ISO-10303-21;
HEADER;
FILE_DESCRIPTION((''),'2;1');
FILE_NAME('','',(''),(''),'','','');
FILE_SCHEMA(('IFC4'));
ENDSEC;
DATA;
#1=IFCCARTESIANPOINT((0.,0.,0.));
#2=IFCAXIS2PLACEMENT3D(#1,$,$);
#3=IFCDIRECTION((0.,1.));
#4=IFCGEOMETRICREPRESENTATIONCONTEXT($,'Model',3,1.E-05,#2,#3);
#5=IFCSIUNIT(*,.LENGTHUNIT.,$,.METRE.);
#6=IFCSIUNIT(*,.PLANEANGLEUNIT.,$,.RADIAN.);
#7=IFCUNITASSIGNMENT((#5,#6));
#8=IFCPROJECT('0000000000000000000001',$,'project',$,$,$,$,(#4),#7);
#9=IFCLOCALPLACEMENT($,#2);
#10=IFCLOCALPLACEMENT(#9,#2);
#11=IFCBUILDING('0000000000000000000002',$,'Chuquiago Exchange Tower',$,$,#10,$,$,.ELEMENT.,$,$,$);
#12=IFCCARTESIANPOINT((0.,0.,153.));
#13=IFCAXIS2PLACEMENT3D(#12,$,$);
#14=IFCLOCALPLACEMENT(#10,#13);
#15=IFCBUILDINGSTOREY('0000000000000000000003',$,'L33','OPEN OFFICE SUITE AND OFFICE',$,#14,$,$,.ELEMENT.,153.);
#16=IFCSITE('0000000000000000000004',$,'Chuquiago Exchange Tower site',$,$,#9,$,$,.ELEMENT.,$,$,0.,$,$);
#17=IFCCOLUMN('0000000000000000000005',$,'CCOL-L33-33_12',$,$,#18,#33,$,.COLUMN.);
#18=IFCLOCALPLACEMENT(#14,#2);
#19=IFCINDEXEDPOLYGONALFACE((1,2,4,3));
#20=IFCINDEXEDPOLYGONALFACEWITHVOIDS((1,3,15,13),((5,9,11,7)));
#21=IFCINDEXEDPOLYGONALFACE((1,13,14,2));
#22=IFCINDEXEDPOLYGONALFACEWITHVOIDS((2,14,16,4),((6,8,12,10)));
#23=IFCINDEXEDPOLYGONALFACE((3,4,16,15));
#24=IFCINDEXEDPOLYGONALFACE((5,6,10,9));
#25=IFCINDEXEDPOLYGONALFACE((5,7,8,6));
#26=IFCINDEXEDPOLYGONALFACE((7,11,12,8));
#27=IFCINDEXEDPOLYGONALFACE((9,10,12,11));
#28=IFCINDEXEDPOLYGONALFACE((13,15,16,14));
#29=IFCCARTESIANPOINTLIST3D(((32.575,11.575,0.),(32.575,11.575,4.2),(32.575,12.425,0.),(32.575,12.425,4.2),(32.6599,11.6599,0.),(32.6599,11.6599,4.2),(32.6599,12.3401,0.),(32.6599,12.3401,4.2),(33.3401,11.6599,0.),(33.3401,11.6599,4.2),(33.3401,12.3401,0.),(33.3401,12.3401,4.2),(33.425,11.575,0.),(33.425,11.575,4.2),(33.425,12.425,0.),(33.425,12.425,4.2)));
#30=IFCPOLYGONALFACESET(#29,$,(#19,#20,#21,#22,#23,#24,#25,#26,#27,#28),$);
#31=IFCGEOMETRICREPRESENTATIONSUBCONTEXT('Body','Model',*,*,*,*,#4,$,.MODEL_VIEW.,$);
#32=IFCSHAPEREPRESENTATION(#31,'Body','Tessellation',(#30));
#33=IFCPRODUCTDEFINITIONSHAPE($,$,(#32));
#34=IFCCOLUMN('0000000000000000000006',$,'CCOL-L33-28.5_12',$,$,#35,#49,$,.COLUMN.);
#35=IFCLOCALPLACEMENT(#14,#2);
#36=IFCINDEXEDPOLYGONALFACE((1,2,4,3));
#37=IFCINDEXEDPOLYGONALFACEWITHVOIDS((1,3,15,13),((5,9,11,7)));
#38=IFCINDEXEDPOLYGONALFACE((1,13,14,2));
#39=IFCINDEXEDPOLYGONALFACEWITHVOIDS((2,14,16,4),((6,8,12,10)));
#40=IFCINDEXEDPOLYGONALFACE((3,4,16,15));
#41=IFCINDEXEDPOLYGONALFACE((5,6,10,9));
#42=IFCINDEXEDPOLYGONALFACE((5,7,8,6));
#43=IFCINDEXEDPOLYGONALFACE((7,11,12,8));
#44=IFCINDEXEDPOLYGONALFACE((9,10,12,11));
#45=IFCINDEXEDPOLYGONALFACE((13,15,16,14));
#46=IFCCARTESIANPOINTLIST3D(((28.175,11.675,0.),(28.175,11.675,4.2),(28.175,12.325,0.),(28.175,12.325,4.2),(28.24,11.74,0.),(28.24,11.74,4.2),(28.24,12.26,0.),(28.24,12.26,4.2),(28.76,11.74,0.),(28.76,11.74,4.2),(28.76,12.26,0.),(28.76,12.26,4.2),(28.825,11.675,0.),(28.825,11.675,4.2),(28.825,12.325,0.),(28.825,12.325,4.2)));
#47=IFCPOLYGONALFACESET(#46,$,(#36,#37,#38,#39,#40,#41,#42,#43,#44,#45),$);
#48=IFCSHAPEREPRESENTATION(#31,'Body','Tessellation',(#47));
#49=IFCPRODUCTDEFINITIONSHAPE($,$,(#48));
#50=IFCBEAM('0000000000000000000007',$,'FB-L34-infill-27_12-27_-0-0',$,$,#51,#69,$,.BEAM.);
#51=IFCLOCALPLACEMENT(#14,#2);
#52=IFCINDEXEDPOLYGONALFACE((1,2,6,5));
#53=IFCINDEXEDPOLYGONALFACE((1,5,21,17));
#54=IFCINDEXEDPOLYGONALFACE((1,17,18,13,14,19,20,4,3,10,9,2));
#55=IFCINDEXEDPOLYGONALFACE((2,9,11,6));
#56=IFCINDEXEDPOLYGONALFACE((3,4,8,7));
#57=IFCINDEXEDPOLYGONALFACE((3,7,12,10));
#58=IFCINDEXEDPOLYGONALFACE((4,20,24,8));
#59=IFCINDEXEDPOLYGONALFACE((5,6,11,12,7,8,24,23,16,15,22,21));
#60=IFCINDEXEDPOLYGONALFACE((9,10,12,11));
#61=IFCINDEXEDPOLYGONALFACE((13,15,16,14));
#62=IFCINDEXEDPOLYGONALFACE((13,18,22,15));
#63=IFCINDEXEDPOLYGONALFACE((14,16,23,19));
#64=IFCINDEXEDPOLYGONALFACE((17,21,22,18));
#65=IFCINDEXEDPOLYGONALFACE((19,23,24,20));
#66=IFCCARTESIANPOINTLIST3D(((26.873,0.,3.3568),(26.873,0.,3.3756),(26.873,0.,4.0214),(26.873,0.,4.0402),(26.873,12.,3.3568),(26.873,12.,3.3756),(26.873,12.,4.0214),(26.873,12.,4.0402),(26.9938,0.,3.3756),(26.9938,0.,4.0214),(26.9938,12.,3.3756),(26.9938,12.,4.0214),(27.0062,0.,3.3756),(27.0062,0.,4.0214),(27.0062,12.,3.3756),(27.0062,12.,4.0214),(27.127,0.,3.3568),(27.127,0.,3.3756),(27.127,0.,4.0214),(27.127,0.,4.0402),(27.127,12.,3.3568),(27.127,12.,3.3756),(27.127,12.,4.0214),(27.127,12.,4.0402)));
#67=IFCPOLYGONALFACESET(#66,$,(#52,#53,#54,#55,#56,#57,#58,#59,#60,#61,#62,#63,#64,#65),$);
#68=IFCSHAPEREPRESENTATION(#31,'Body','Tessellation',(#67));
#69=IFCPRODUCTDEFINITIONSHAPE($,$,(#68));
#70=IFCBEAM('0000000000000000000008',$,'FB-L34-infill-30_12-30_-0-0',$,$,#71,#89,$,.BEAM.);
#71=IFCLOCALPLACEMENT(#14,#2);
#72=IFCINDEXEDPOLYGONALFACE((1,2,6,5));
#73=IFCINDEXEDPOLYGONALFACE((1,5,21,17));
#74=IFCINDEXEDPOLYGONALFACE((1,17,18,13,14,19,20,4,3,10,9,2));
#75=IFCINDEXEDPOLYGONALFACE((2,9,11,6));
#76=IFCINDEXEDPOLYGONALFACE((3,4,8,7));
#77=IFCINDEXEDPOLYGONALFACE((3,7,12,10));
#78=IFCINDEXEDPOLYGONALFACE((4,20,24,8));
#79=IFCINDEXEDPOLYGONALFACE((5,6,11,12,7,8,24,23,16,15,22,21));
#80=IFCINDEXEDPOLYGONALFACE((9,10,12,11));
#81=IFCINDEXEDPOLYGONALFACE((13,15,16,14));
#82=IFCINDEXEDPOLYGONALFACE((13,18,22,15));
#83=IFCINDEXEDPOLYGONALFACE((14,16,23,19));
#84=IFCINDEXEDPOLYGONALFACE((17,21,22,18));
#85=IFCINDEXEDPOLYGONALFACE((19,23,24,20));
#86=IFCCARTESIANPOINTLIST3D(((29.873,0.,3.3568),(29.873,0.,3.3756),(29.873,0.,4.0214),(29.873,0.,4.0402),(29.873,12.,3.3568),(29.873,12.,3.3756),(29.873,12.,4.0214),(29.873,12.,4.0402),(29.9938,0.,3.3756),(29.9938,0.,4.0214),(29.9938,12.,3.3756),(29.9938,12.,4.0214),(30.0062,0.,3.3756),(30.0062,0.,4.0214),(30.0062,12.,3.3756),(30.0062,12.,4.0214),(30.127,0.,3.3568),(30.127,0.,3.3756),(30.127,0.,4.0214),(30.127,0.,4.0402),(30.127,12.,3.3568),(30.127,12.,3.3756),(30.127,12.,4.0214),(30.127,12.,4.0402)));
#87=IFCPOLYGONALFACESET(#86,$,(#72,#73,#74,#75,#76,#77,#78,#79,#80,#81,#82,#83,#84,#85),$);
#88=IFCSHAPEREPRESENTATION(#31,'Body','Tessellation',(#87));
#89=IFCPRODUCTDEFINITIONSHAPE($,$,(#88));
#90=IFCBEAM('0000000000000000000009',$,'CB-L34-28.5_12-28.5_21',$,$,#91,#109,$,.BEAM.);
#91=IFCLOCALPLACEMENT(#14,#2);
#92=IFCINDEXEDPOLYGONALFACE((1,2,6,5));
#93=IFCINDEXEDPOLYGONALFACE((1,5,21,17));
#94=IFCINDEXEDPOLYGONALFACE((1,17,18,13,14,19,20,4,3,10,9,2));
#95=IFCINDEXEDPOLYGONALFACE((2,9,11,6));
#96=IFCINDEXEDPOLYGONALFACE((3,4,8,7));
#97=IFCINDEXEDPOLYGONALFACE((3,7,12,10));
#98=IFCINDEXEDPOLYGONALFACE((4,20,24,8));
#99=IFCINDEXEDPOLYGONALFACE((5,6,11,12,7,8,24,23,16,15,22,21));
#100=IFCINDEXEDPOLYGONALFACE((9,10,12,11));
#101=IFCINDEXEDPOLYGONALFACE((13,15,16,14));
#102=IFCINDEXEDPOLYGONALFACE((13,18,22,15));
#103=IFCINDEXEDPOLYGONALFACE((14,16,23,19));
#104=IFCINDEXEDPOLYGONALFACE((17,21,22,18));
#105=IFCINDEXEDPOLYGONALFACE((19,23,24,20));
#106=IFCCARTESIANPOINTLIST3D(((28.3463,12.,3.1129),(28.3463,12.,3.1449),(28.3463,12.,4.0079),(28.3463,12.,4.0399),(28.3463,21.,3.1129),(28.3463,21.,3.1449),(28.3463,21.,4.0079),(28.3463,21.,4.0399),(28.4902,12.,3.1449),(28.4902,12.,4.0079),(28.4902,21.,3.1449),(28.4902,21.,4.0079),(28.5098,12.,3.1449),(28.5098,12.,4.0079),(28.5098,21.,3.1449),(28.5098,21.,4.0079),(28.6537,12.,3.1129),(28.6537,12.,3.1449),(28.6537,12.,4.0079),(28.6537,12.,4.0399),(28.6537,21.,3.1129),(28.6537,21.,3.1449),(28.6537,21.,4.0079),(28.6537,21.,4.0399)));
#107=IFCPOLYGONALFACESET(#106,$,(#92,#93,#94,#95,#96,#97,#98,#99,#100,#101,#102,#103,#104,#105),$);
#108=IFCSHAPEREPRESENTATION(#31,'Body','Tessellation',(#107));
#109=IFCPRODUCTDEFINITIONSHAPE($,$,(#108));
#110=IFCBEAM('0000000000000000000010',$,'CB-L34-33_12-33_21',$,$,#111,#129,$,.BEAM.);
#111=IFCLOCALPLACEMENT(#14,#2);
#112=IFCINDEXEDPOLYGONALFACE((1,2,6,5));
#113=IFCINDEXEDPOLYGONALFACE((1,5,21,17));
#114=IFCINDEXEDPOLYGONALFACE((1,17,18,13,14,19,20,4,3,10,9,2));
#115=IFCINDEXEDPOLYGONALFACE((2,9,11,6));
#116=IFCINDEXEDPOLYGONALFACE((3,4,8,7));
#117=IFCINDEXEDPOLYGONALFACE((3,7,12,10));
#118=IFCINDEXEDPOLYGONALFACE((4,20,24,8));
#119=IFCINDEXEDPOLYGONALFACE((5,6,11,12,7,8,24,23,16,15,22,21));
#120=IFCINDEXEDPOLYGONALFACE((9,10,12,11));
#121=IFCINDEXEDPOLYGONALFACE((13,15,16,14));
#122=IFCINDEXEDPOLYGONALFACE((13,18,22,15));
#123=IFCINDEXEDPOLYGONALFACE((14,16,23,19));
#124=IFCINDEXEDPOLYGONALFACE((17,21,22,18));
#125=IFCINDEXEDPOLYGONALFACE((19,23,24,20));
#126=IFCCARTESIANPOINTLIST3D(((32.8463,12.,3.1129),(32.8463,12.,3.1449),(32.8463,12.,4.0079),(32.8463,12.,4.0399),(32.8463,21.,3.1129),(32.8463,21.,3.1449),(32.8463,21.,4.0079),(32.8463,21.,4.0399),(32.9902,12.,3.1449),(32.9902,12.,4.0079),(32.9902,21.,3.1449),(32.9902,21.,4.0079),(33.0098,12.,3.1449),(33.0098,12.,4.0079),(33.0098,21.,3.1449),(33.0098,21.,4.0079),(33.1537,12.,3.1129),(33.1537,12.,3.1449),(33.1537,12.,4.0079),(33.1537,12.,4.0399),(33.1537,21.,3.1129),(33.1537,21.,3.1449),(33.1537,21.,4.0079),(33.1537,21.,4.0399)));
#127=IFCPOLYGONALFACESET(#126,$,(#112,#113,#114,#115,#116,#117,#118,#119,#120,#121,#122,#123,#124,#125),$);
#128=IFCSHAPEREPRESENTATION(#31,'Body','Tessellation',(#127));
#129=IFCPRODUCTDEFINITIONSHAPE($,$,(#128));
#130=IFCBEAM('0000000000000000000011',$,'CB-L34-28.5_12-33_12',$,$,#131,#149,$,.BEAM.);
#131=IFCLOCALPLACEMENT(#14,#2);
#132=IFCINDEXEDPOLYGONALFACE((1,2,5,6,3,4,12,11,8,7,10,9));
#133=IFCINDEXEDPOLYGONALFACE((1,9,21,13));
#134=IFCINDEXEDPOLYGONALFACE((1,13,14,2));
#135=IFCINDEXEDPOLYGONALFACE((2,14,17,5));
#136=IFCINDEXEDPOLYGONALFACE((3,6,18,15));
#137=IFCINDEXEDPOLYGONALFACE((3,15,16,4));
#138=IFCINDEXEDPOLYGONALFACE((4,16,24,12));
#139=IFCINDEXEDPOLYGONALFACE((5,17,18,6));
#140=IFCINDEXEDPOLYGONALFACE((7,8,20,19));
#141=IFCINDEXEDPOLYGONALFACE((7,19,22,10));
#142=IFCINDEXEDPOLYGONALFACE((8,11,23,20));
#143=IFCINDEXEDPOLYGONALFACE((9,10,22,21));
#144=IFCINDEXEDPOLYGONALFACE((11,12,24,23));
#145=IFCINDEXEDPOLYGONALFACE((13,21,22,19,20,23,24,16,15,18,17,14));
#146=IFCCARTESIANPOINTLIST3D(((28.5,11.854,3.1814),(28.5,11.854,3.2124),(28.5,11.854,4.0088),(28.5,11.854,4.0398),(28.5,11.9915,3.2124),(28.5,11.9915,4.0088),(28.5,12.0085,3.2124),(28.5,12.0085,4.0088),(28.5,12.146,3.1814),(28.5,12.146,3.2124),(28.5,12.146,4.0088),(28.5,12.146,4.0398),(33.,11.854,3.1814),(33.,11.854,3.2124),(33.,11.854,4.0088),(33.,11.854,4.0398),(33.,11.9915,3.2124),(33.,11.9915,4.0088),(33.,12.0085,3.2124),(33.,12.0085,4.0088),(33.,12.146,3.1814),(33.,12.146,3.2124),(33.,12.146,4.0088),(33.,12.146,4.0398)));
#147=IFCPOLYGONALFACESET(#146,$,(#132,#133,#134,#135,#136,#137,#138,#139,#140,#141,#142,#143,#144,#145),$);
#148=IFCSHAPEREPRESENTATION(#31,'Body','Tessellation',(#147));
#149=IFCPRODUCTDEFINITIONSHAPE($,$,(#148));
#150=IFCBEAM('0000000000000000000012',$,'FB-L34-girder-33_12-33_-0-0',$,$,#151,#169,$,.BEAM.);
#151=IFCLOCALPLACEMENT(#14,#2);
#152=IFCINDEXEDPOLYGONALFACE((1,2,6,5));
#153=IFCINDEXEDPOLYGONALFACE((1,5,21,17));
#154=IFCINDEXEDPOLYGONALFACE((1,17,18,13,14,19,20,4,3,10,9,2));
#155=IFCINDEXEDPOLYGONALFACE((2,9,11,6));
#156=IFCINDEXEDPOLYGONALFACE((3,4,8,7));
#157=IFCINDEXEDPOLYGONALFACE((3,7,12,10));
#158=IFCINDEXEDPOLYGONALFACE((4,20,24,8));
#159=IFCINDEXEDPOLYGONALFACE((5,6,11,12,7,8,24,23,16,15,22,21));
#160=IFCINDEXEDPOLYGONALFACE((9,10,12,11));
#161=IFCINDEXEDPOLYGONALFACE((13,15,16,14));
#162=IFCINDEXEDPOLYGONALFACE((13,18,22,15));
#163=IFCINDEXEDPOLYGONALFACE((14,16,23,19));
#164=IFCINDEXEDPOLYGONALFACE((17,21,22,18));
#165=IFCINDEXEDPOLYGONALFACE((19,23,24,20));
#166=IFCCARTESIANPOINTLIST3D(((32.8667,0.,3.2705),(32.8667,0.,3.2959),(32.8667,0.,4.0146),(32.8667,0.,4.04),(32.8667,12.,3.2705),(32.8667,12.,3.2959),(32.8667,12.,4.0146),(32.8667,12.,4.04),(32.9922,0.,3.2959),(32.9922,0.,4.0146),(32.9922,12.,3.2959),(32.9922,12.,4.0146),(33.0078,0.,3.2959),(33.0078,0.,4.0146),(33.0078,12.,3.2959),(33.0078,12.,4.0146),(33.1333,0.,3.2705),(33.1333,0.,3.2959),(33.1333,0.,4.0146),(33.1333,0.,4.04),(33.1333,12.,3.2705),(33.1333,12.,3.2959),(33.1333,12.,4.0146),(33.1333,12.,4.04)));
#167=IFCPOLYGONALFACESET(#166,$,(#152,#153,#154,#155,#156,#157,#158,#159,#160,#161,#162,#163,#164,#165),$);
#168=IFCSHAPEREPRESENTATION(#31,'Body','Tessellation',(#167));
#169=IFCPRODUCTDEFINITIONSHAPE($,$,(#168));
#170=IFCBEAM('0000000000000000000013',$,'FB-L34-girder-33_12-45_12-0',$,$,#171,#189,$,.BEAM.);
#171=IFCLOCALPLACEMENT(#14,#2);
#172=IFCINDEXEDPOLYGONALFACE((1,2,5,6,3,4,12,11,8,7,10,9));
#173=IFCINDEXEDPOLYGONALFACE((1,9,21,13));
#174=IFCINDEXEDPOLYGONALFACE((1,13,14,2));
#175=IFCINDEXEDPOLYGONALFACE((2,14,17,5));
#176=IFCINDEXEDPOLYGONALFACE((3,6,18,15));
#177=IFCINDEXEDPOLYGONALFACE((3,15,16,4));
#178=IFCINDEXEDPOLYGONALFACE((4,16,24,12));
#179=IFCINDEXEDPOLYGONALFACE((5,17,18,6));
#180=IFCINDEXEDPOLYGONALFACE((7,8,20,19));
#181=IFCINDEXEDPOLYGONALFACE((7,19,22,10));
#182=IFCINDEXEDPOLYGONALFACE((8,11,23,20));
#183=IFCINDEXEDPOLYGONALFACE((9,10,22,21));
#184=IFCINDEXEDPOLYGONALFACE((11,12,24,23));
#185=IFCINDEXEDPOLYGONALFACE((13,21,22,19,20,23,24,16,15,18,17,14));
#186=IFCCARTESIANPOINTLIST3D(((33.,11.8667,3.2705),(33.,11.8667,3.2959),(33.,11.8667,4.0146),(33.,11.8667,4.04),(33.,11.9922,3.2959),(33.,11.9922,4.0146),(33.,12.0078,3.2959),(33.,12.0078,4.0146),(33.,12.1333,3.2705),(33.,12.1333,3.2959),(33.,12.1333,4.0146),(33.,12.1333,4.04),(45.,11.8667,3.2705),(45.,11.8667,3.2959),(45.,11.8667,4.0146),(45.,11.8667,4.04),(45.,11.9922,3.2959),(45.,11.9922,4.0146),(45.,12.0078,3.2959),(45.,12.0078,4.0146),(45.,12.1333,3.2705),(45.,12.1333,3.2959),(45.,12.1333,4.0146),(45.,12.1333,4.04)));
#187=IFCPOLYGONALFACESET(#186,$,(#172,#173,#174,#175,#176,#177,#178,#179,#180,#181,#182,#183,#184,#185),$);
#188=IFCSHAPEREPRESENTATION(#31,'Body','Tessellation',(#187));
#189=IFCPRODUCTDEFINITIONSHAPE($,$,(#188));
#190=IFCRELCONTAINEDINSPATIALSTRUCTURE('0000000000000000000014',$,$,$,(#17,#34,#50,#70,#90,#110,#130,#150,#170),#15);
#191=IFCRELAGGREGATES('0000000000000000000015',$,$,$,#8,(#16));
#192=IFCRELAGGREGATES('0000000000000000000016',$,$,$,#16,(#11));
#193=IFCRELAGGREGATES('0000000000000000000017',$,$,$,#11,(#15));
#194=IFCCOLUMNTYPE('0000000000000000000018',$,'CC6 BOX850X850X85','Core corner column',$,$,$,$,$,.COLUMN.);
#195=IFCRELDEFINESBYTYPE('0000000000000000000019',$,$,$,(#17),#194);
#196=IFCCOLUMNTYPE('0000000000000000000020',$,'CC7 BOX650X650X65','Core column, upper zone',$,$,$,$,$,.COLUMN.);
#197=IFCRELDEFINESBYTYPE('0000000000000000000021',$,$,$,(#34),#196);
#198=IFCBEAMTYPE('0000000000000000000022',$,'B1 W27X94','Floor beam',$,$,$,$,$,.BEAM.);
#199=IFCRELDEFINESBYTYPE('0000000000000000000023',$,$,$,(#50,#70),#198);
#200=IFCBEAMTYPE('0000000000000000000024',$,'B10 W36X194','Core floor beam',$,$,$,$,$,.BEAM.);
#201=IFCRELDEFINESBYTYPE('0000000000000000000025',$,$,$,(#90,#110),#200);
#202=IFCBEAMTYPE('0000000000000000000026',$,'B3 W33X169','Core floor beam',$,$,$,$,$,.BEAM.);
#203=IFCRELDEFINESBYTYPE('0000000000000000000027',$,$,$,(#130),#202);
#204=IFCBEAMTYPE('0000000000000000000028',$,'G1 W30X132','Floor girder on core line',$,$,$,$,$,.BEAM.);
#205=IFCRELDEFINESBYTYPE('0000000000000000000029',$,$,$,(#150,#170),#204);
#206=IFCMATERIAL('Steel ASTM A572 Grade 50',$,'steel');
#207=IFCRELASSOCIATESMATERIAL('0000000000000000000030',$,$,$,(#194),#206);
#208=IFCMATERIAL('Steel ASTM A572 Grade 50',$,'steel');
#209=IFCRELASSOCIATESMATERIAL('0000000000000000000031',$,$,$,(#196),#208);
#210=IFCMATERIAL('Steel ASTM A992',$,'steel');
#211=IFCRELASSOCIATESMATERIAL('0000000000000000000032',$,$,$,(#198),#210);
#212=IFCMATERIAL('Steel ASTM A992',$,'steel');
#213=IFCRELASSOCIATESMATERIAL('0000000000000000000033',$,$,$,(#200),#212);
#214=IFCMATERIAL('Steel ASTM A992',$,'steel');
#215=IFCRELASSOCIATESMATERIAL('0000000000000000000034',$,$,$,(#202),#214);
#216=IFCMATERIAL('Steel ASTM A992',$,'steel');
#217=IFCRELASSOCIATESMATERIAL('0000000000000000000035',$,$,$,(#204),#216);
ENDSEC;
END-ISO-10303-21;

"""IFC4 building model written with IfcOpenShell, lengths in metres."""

from ifc_helpers import new_model, si_unit, direction, frame, origin, origin_2d, place, context, subcontext, project, spatial, hollow_rectangle, i_section, extrude, material, material_profile, profile_set, type_object, element, save


model = new_model("IFC4")

# Units and contexts
model_context = context("Model", 3, precision=1e-05, world=origin(), true_north=direction((0.0, 1.0)))
body_context = subcontext(model_context, "Body", "Model", "MODEL_VIEW")
ifc_project = project(units=[si_unit("LENGTHUNIT", "METRE"), si_unit("PLANEANGLEUNIT", "RADIAN")], contexts=[model_context])

# Site, building, storey
site_placement = place(None, origin())
site = spatial("IfcSite", under=ifc_project, at=site_placement, Name="Chuquiago Exchange Tower site", CompositionType="ELEMENT", RefElevation=0.0)
building_placement = place(site_placement, origin())
building = spatial("IfcBuilding", under=site, at=building_placement, Name="Chuquiago Exchange Tower", CompositionType="ELEMENT")
storey_placement = place(building_placement, frame((0.0, 0.0, 153.0)))
storey = spatial("IfcBuildingStorey", under=building, at=storey_placement, Name="L33", Description="OPEN OFFICE SUITE AND OFFICE", CompositionType="ELEMENT", Elevation=153.0)

# Columns
ifc_material_1 = material(Name="Steel ASTM A572 Grade 50", Category="steel")
ifc_material_profile_1 = material_profile(ifc_material_1, hollow_rectangle(XDim=0.8501, YDim=0.8501, WallThickness=0.085, at=origin_2d()), Name="BOX850X850X85")
ifc_profile_set_1 = profile_set([ifc_material_profile_1], Name="Steel ASTM A572 Grade 50")
column_type_1 = type_object("IfcColumnType", Name="CC6 BOX850X850X85", Description="Core corner column", PredefinedType="COLUMN", material=ifc_profile_set_1)
column_1_placement = place(storey_placement, frame((33.0, 12.0, 0.0), z_axis=(0.0, 0.0, 1.0), x_axis=(1.0, 0.0, 0.0)))
element("IfcColumn", 1, at=column_1_placement, inside=storey, type_object=column_type_1, Name="CCOL-L33-33_12", PredefinedType="COLUMN", context=body_context, shape_type="SweptSolid", body=[
    extrude(hollow_rectangle(XDim=0.8501, YDim=0.8501, WallThickness=0.085, at=origin_2d()), origin(), (0.0, 0.0, 1.0), 4.2),
])
ifc_material_2 = material(Name="Steel ASTM A572 Grade 50", Category="steel")
ifc_material_profile_2 = material_profile(ifc_material_2, hollow_rectangle(XDim=0.6499, YDim=0.6499, WallThickness=0.0649, at=origin_2d()), Name="BOX650X650X65")
ifc_profile_set_2 = profile_set([ifc_material_profile_2], Name="Steel ASTM A572 Grade 50")
column_type_2 = type_object("IfcColumnType", Name="CC7 BOX650X650X65", Description="Core column, upper zone", PredefinedType="COLUMN", material=ifc_profile_set_2)
column_2_placement = place(storey_placement, frame((28.5, 12.0, 0.0), z_axis=(0.0, 0.0, 1.0), x_axis=(1.0, 0.0, 0.0)))
element("IfcColumn", 2, at=column_2_placement, inside=storey, type_object=column_type_2, Name="CCOL-L33-28.5_12", PredefinedType="COLUMN", context=body_context, shape_type="SweptSolid", body=[
    extrude(hollow_rectangle(XDim=0.6499, YDim=0.6499, WallThickness=0.0649, at=origin_2d()), origin(), (0.0, 0.0, 1.0), 4.2),
])

# Beams
ifc_material_3 = material(Name="Steel ASTM A992", Category="steel")
ifc_material_profile_3 = material_profile(ifc_material_3, i_section(OverallWidth=0.2539, OverallDepth=0.6833, WebThickness=0.0125, FlangeThickness=0.0188, at=origin_2d()), Name="W27X94")
ifc_profile_set_3 = profile_set([ifc_material_profile_3], Name="Steel ASTM A992")
beam_type_1 = type_object("IfcBeamType", Name="B1 W27X94", Description="Floor beam", PredefinedType="BEAM", material=ifc_profile_set_3)
for number, where, z_axis, x_axis, name in (
    (3, (27.0, 12.0, 3.6985), (0.0, -1.0, 0.0), (1.0, 0.0, 0.0), "FB-L34-infill-27_12-27_-0-0"),
    (4, (30.0, 12.0, 3.6985), (0.0, -1.0, 0.0), (1.0, 0.0, 0.0), "FB-L34-infill-30_12-30_-0-0"),
):
    element("IfcBeam", number, at=place(storey_placement, frame(where, z_axis=z_axis, x_axis=x_axis)), inside=storey, type_object=beam_type_1, Name=name, PredefinedType="BEAM", context=body_context, shape_type="SweptSolid", body=[
        extrude(i_section(OverallWidth=0.2539, OverallDepth=0.6833, WebThickness=0.0125, FlangeThickness=0.0188, at=origin_2d()), origin(), (0.0, 0.0, 1.0), 12.0),
    ])
ifc_material_4 = material(Name="Steel ASTM A992", Category="steel")
ifc_material_profile_4 = material_profile(ifc_material_4, i_section(OverallWidth=0.3074, OverallDepth=0.927, WebThickness=0.0195, FlangeThickness=0.032, at=origin_2d()), Name="W36X194")
ifc_profile_set_4 = profile_set([ifc_material_profile_4], Name="Steel ASTM A992")
beam_type_2 = type_object("IfcBeamType", Name="B10 W36X194", Description="Core floor beam", PredefinedType="BEAM", material=ifc_profile_set_4)
for number, where, z_axis, x_axis, name in (
    (5, (28.5, 12.0, 3.5764), (0.0, 1.0, 0.0), (-1.0, 0.0, 0.0), "CB-L34-28.5_12-28.5_21"),
    (6, (33.0, 12.0, 3.5764), (0.0, 1.0, 0.0), (-1.0, 0.0, 0.0), "CB-L34-33_12-33_21"),
):
    element("IfcBeam", number, at=place(storey_placement, frame(where, z_axis=z_axis, x_axis=x_axis)), inside=storey, type_object=beam_type_2, Name=name, PredefinedType="BEAM", context=body_context, shape_type="SweptSolid", body=[
        extrude(i_section(OverallWidth=0.3074, OverallDepth=0.927, WebThickness=0.0195, FlangeThickness=0.032, at=origin_2d()), origin(), (0.0, 0.0, 1.0), 9.0),
    ])
ifc_material_5 = material(Name="Steel ASTM A992", Category="steel")
ifc_material_profile_5 = material_profile(ifc_material_5, i_section(OverallWidth=0.292, OverallDepth=0.8584, WebThickness=0.0171, FlangeThickness=0.031, at=origin_2d()), Name="W33X169")
ifc_profile_set_5 = profile_set([ifc_material_profile_5], Name="Steel ASTM A992")
beam_type_3 = type_object("IfcBeamType", Name="B3 W33X169", Description="Core floor beam", PredefinedType="BEAM", material=ifc_profile_set_5)
beam_placement = place(storey_placement, frame((28.5, 12.0, 3.6106), z_axis=(1.0, 0.0, 0.0), x_axis=(0.0, 1.0, 0.0)))
element("IfcBeam", 7, at=beam_placement, inside=storey, type_object=beam_type_3, Name="CB-L34-28.5_12-33_12", PredefinedType="BEAM", context=body_context, shape_type="SweptSolid", body=[
    extrude(i_section(OverallWidth=0.292, OverallDepth=0.8584, WebThickness=0.0171, FlangeThickness=0.031, at=origin_2d()), origin(), (0.0, 0.0, 1.0), 4.5),
])
ifc_material_6 = material(Name="Steel ASTM A992", Category="steel")
ifc_material_profile_6 = material_profile(ifc_material_6, i_section(OverallWidth=0.2666, OverallDepth=0.7695, WebThickness=0.0156, FlangeThickness=0.0254, at=origin_2d()), Name="W30X132")
ifc_profile_set_6 = profile_set([ifc_material_profile_6], Name="Steel ASTM A992")
beam_type_4 = type_object("IfcBeamType", Name="G1 W30X132", Description="Floor girder on core line", PredefinedType="BEAM", material=ifc_profile_set_6)
for number, where, z_axis, x_axis, name in (
    (8, (33.0, 12.0, 3.6553), (0.0, -1.0, 0.0), (1.0, 0.0, 0.0), "FB-L34-girder-33_12-33_-0-0"),
    (9, (33.0, 12.0, 3.6553), (1.0, 0.0, 0.0), (0.0, 1.0, 0.0), "FB-L34-girder-33_12-45_12-0"),
):
    element("IfcBeam", number, at=place(storey_placement, frame(where, z_axis=z_axis, x_axis=x_axis)), inside=storey, type_object=beam_type_4, Name=name, PredefinedType="BEAM", context=body_context, shape_type="SweptSolid", body=[
        extrude(i_section(OverallWidth=0.2666, OverallDepth=0.7695, WebThickness=0.0156, FlangeThickness=0.0254, at=origin_2d()), origin(), (0.0, 0.0, 1.0), 12.0),
    ])

save(model, "model.ifc")
